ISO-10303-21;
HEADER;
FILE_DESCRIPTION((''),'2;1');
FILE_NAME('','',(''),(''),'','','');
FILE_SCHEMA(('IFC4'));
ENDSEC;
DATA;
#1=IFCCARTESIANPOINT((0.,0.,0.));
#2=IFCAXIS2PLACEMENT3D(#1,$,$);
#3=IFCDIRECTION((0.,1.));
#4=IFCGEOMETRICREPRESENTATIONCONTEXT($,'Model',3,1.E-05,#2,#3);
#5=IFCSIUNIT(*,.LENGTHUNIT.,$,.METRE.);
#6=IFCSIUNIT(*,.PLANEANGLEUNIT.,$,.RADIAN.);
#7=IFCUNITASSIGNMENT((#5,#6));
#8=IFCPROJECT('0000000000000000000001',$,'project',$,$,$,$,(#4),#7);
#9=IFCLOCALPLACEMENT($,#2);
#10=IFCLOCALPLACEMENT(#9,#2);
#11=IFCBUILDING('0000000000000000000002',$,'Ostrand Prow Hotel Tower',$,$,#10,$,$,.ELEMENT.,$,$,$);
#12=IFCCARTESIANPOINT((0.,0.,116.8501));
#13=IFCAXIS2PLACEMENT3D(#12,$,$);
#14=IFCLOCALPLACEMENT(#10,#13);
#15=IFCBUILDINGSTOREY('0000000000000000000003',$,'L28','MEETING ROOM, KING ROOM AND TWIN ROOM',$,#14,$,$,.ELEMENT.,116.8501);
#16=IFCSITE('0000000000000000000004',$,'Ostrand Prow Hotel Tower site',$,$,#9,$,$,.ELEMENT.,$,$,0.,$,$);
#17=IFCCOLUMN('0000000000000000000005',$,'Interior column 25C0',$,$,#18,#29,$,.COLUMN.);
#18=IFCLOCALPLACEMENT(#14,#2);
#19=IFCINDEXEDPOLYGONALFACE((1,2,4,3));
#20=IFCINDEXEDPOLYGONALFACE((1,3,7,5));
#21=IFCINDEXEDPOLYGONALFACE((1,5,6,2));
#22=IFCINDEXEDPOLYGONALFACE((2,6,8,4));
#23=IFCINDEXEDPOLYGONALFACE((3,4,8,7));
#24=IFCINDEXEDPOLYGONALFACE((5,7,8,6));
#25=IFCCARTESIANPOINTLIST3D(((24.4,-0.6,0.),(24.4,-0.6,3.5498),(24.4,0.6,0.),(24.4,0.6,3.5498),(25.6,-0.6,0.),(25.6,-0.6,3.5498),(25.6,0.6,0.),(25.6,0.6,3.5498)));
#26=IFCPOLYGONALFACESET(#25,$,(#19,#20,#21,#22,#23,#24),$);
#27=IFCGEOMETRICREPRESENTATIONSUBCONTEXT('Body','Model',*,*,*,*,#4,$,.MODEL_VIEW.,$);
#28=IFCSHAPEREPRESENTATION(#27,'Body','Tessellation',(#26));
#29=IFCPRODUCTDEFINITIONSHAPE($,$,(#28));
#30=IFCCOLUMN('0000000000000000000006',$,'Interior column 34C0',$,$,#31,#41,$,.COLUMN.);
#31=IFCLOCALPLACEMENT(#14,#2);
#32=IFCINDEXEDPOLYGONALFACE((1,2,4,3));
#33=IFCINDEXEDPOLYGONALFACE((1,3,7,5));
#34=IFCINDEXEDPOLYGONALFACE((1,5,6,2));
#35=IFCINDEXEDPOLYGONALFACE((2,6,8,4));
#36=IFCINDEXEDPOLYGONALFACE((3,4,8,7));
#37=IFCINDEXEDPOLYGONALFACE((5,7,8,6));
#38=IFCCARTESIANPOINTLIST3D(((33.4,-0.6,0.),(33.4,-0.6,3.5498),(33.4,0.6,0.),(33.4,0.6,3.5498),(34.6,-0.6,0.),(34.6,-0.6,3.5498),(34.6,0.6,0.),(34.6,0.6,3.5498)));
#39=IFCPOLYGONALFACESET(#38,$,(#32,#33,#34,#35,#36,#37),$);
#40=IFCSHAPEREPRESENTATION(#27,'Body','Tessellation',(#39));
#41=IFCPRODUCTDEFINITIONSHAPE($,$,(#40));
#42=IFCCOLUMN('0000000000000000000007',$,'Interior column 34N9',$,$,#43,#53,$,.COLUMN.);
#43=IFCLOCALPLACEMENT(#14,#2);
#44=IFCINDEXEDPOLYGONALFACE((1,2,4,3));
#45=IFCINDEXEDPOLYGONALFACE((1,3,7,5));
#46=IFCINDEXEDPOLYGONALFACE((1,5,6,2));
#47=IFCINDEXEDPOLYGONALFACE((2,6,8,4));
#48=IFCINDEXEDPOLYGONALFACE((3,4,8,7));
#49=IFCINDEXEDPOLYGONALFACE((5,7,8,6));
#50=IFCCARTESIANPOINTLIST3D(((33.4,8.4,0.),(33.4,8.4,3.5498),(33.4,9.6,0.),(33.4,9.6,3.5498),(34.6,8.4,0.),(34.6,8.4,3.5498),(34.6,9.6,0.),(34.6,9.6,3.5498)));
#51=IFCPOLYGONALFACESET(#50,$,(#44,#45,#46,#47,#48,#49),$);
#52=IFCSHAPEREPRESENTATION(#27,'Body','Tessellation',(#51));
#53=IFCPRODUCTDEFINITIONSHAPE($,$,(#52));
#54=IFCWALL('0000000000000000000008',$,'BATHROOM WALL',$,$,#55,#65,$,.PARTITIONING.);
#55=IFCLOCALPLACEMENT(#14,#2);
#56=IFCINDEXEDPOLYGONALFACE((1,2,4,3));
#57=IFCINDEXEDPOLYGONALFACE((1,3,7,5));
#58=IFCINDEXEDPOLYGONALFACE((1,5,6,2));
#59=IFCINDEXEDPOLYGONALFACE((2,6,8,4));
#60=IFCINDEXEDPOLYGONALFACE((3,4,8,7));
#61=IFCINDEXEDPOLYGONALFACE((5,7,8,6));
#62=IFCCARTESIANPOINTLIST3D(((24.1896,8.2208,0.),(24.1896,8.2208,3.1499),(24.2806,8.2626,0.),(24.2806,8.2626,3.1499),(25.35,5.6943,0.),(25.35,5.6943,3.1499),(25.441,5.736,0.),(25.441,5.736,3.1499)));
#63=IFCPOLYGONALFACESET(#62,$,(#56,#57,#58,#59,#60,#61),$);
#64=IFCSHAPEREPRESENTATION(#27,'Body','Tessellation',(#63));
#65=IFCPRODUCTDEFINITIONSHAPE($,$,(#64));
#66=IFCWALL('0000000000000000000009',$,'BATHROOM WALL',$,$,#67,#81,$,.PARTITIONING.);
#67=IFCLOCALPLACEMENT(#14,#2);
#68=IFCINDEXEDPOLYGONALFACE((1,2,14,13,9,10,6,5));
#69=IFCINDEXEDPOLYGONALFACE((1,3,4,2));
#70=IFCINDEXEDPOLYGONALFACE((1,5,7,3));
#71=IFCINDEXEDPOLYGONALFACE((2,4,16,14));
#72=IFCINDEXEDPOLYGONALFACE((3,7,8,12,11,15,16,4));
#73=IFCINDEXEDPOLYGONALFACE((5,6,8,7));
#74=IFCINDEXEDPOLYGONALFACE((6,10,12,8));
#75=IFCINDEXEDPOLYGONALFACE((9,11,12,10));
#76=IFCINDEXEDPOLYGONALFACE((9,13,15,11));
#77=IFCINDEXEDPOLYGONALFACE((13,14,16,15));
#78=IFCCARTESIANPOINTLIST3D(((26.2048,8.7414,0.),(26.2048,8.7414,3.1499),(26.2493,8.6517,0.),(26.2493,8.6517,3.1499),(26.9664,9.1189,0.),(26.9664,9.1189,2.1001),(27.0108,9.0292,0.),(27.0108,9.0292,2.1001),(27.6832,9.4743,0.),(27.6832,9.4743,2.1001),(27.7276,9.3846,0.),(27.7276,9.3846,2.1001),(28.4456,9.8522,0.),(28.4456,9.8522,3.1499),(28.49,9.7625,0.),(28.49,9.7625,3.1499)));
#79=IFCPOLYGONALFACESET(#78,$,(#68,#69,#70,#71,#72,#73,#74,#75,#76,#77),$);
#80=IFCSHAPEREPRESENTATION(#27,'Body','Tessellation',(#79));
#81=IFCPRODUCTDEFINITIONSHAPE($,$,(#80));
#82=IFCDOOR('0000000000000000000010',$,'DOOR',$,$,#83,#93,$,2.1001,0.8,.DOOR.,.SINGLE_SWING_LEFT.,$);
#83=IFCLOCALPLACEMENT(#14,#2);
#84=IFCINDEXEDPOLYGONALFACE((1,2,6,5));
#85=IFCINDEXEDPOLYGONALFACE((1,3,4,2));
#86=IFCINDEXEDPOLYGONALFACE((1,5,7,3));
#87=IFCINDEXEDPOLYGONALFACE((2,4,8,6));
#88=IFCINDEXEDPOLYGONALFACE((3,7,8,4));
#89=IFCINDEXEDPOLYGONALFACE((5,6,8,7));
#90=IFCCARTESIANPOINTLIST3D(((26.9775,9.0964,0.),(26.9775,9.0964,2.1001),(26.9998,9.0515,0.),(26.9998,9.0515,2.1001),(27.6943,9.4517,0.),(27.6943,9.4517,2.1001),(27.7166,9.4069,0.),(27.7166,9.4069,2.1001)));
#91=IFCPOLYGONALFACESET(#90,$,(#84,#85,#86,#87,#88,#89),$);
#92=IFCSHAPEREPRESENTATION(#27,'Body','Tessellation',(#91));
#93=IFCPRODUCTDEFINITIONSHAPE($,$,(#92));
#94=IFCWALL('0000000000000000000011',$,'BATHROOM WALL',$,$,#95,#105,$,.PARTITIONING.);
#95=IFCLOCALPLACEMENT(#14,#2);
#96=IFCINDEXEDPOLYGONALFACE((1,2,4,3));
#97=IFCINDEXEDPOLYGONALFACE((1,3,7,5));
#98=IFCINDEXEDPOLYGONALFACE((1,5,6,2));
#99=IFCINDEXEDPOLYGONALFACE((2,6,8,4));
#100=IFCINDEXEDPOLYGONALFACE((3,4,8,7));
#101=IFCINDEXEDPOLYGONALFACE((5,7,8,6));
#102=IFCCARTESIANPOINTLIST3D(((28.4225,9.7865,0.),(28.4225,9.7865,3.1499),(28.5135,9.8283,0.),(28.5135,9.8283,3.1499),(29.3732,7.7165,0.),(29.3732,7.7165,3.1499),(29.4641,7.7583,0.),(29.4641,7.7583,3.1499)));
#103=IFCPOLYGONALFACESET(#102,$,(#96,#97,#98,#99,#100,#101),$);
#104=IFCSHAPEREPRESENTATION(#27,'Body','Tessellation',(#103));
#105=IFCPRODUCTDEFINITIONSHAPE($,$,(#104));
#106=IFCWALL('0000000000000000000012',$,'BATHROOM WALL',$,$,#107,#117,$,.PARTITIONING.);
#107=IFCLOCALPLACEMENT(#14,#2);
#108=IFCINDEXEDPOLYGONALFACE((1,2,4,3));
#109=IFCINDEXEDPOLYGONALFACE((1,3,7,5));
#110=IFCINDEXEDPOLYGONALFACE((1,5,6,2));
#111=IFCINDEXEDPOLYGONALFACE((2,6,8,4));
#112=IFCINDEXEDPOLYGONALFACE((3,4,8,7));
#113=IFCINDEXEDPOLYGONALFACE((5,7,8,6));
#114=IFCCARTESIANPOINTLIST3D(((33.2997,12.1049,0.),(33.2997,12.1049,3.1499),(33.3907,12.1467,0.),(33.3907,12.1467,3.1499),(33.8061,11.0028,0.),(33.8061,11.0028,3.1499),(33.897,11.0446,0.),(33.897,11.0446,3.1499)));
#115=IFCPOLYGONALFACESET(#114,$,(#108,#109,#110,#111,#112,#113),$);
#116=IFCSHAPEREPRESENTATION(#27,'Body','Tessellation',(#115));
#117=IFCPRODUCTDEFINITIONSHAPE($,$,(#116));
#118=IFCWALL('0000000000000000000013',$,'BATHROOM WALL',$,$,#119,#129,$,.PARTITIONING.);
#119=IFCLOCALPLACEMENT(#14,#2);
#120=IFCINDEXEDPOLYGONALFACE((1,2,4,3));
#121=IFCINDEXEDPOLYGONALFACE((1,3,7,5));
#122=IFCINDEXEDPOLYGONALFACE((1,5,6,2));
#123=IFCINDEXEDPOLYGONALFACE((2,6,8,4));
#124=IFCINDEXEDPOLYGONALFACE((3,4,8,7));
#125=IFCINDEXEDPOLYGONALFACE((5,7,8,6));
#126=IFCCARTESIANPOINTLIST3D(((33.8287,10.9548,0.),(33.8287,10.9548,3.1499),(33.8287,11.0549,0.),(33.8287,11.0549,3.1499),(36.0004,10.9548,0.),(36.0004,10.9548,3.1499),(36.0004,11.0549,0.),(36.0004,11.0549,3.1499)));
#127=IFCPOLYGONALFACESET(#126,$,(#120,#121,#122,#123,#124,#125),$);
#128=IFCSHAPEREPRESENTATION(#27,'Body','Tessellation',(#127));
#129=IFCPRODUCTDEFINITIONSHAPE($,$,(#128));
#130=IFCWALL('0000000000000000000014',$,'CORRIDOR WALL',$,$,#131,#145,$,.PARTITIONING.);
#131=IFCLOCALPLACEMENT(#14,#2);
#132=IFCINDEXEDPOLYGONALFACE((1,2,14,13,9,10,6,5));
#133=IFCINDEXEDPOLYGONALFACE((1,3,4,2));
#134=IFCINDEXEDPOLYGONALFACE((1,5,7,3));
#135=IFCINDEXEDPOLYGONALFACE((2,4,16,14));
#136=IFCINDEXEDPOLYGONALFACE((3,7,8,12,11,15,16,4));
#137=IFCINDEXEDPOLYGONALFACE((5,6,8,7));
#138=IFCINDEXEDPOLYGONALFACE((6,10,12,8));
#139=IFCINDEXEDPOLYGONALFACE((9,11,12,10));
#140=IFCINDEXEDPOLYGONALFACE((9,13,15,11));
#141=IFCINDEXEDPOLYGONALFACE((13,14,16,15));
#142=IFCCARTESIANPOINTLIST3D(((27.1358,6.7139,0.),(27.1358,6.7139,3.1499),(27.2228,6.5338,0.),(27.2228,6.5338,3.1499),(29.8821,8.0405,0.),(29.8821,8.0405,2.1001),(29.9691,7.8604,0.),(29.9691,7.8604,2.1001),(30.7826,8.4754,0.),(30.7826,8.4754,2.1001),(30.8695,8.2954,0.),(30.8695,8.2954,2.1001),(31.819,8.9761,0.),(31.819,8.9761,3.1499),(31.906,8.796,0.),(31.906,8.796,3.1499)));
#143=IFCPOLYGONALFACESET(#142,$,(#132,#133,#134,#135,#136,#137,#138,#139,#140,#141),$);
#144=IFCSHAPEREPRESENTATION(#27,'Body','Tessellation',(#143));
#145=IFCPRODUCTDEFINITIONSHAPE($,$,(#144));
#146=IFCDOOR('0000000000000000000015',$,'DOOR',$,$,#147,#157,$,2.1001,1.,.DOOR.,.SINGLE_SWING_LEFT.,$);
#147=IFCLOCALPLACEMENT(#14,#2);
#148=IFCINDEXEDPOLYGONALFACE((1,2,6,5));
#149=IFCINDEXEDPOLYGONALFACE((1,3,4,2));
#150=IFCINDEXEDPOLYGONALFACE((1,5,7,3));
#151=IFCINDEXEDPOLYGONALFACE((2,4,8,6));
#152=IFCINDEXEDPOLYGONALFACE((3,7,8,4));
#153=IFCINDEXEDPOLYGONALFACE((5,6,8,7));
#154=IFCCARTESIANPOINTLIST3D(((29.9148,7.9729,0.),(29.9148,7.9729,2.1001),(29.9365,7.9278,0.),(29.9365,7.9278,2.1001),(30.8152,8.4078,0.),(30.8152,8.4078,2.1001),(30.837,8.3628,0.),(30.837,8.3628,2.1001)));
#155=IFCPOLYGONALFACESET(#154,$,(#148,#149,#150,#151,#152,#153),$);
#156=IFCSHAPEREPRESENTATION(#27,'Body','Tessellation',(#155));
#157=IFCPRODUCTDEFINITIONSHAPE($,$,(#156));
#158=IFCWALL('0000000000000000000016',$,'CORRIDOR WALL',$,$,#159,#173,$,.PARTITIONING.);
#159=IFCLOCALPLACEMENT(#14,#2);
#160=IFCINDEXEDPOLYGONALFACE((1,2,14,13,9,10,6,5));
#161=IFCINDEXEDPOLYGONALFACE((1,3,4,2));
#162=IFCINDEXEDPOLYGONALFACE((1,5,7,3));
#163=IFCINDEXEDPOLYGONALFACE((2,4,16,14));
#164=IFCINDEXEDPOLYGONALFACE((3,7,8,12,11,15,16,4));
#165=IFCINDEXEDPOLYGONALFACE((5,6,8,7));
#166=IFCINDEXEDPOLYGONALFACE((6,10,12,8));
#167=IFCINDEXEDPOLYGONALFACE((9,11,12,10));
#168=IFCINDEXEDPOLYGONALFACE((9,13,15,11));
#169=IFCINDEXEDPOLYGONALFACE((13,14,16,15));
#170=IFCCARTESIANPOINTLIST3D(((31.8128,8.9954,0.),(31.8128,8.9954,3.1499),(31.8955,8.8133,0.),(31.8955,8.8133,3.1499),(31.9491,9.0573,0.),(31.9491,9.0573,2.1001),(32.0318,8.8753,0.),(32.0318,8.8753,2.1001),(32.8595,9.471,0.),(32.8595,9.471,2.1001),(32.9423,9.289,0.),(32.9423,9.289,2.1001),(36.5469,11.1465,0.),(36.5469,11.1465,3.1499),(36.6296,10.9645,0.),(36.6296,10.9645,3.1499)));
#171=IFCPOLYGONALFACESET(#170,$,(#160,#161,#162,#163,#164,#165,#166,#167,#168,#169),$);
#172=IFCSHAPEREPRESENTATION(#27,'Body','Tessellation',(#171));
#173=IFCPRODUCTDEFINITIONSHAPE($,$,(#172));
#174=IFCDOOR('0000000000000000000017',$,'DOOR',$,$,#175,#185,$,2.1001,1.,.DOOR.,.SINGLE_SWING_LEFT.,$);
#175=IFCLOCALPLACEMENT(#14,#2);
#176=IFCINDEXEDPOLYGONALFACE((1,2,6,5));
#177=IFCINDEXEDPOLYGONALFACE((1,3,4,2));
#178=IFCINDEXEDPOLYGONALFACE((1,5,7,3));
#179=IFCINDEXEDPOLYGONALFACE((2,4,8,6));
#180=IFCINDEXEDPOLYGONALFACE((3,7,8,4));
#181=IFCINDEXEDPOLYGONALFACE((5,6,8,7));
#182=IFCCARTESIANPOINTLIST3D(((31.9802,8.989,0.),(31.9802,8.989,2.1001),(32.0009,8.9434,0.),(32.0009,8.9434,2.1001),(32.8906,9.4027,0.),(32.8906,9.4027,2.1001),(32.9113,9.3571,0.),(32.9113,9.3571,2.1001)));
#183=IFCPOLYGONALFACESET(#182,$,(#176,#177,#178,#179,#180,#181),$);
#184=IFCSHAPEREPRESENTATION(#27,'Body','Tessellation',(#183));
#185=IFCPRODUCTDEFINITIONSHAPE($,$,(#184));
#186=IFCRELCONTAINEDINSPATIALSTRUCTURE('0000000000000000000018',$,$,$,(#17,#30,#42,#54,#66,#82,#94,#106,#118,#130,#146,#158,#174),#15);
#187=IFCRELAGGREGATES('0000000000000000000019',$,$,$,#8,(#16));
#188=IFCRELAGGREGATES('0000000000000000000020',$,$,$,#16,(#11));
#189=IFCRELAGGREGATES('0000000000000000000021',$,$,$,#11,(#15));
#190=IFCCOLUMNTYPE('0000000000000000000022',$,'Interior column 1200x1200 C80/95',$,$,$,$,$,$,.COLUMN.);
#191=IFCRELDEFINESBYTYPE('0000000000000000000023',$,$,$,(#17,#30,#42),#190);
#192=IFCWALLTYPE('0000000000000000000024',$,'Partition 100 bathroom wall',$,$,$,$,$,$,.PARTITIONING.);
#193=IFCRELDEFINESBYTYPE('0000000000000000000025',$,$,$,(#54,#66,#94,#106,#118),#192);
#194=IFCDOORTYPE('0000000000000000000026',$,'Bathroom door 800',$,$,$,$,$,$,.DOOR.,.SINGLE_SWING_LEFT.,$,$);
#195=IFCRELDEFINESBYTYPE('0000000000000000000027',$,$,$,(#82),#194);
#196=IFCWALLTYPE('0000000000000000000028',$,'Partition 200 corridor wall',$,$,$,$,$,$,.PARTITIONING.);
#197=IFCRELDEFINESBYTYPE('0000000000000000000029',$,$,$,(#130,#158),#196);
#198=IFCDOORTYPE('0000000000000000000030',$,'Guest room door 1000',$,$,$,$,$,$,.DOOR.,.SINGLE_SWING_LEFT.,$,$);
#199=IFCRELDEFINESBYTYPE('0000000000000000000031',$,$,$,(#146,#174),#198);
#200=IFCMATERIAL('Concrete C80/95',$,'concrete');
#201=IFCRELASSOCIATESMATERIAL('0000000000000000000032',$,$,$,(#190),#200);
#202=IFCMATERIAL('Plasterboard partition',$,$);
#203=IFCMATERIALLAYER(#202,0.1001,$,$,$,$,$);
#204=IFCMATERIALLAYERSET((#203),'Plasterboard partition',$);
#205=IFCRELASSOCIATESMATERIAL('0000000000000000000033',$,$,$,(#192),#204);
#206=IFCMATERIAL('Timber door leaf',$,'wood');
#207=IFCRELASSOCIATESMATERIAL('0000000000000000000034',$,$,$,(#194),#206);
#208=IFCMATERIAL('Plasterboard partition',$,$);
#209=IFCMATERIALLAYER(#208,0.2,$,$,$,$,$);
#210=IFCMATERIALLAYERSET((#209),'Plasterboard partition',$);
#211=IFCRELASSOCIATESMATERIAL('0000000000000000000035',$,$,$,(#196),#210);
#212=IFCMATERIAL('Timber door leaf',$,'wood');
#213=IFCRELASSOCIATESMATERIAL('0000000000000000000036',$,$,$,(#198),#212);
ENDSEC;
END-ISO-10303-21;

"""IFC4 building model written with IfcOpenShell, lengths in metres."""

from ifc_helpers import new_model, si_unit, direction, frame, frame_2d, origin, origin_2d, place, context, subcontext, project, spatial, rectangle, extrude, material, layer, layer_set, material_profile, profile_set, type_object, element, fill, save


model = new_model("IFC4")

# Units and contexts
model_context = context("Model", 3, precision=1e-05, world=origin(), true_north=direction((0.0, 1.0)))
body_context = subcontext(model_context, "Body", "Model", "MODEL_VIEW")
ifc_project = project(units=[si_unit("LENGTHUNIT", "METRE"), si_unit("PLANEANGLEUNIT", "RADIAN")], contexts=[model_context])

# Site, building, storey
site_placement = place(None, origin())
site = spatial("IfcSite", under=ifc_project, at=site_placement, Name="Ostrand Prow Hotel Tower site", CompositionType="ELEMENT", RefElevation=0.0)
building_placement = place(site_placement, origin())
building = spatial("IfcBuilding", under=site, at=building_placement, Name="Ostrand Prow Hotel Tower", CompositionType="ELEMENT")
storey_placement = place(building_placement, frame((0.0, 0.0, 116.8501)))
storey = spatial("IfcBuildingStorey", under=building, at=storey_placement, Name="L28", Description="MEETING ROOM, KING ROOM AND TWIN ROOM", CompositionType="ELEMENT", Elevation=116.8501)

# Columns
ifc_material_1 = material(Name="Concrete C80/95", Category="concrete")
ifc_material_profile = material_profile(ifc_material_1, rectangle(XDim=1.2, YDim=1.2, at=origin_2d()), Name="RC 1200x1200")
ifc_profile_set = profile_set([ifc_material_profile], Name="Concrete C80/95")
column_type = type_object("IfcColumnType", Name="Interior column 1200x1200 C80/95", PredefinedType="COLUMN", material=ifc_profile_set)
for number, where, z_axis, x_axis, name in (
    (1, (25.0, 0.0, 0.0), (0.0, 0.0, 1.0), (1.0, 0.0, 0.0), "Interior column 25C0"),
    (2, (34.0, 0.0, 0.0), (0.0, 0.0, 1.0), (1.0, 0.0, 0.0), "Interior column 34C0"),
    (3, (34.0, 9.0, 0.0), (0.0, 0.0, 1.0), (1.0, 0.0, 0.0), "Interior column 34N9"),
):
    element("IfcColumn", number, at=place(storey_placement, frame(where, z_axis=z_axis, x_axis=x_axis)), inside=storey, type_object=column_type, Name=name, PredefinedType="COLUMN", context=body_context, shape_type="SweptSolid", body=[
        extrude(rectangle(XDim=1.2, YDim=1.2, at=origin_2d()), origin(), (0.0, 0.0, 1.0), 3.5498),
    ])

# Wall
ifc_material_2 = material(Name="Plasterboard partition")
ifc_layer_1 = layer(ifc_material_2, 0.1001)
ifc_layer_set_1 = layer_set([ifc_layer_1], Name="Plasterboard partition")
wall_type_1 = type_object("IfcWallType", Name="Partition 100 bathroom wall", PredefinedType="PARTITIONING", material=ifc_layer_set_1)
wall_1_placement = place(storey_placement, frame((24.2351, 8.2417, 0.0), z_axis=(0.0, 0.0, 1.0), x_axis=(0.417359, -0.908742, 0.0)))
element("IfcWall", 4, at=wall_1_placement, inside=storey, type_object=wall_type_1, Name="BATHROOM WALL", PredefinedType="PARTITIONING", context=body_context, shape_type="SweptSolid", body=[
    extrude(rectangle(XDim=2.7803, YDim=0.1001, at=frame_2d((1.3901, 0.0))), origin(), (0.0, 0.0, 1.0), 3.1499),
])

# Wall, opening, door
wall_2_placement = place(storey_placement, frame((26.2271, 8.6965, 0.0), z_axis=(0.0, 0.0, 1.0), x_axis=(0.895945, 0.444165, 0.0)))
wall_2 = element("IfcWall", 5, at=wall_2_placement, inside=storey, type_object=wall_type_1, Name="BATHROOM WALL", PredefinedType="PARTITIONING", context=body_context, shape_type="SweptSolid", body=[
    extrude(rectangle(XDim=2.501, YDim=0.1001, at=frame_2d((1.2505, 0.0))), origin(), (0.0, 0.0, 1.0), 3.1499),
])
opening_1_placement = place(wall_2_placement, frame((0.8501, 0.0, 0.0)))
opening_1 = element("IfcOpeningElement", 6, at=opening_1_placement, cuts=wall_2, PredefinedType="OPENING", context=body_context, shape_type="SweptSolid", body=[
    extrude(rectangle(XDim=0.8, YDim=2.1001, at=frame_2d((0.3999, 1.05))), frame((0.0, 0.0601, 0.0), z_axis=(0.0, -1.0, 0.0), x_axis=(1.0, 0.0, 0.0)), (0.0, 0.0, 1.0), 0.1201),
])
ifc_material_3 = material(Name="Timber door leaf", Category="wood")
door_type_1 = type_object("IfcDoorType", Name="Bathroom door 800", OperationType="SINGLE_SWING_LEFT", PredefinedType="DOOR", material=ifc_material_3)
door_1_placement = place(opening_1_placement, origin())
door_1 = element("IfcDoor", 7, at=door_1_placement, inside=storey, type_object=door_type_1, Name="DOOR", OperationType="SINGLE_SWING_LEFT", OverallHeight=2.1001, OverallWidth=0.8, PredefinedType="DOOR", context=body_context, shape_type="SweptSolid", body=[
    extrude(rectangle(XDim=0.8, YDim=2.1001, at=frame_2d((0.3999, 1.05))), frame((0.0, 0.0249, 0.0), z_axis=(0.0, -1.0, 0.0), x_axis=(1.0, 0.0, 0.0)), (0.0, 0.0, 1.0), 0.05),
])
fill(opening_1, door_1)

# Walls
wall_3_placement = place(storey_placement, frame((28.468, 9.8074, 0.0), z_axis=(0.0, 0.0, 1.0), x_axis=(0.417345, -0.908748, 0.0)))
element("IfcWall", 8, at=wall_3_placement, inside=storey, type_object=wall_type_1, Name="BATHROOM WALL", PredefinedType="PARTITIONING", context=body_context, shape_type="SweptSolid", body=[
    extrude(rectangle(XDim=2.2778, YDim=0.1001, at=frame_2d((1.1389, 0.0))), origin(), (0.0, 0.0, 1.0), 3.1499),
])
wall_4_placement = place(storey_placement, frame((33.8516, 11.0237, 0.0), z_axis=(0.0, 0.0, 1.0), x_axis=(-0.4175, 0.908677, 0.0)))
element("IfcWall", 9, at=wall_4_placement, inside=storey, type_object=wall_type_1, Name="BATHROOM WALL", PredefinedType="PARTITIONING", context=body_context, shape_type="SweptSolid", body=[
    extrude(rectangle(XDim=1.2129, YDim=0.1001, at=frame_2d((0.6064, 0.0))), origin(), (0.0, 0.0, 1.0), 3.1499),
])
wall_5_placement = place(storey_placement, frame((36.0005, 11.0049, 0.0), z_axis=(0.0, 0.0, 1.0), x_axis=(-1.0, 0.0, 0.0)))
element("IfcWall", 10, at=wall_5_placement, inside=storey, type_object=wall_type_1, Name="BATHROOM WALL", PredefinedType="PARTITIONING", context=body_context, shape_type="SweptSolid", body=[
    extrude(rectangle(XDim=2.1716, YDim=0.1001, at=frame_2d((1.0859, 0.0))), origin(), (0.0, 0.0, 1.0), 3.1499),
])

# Walls, openings, doors
ifc_material_4 = material(Name="Plasterboard partition")
ifc_layer_2 = layer(ifc_material_4, 0.2)
ifc_layer_set_2 = layer_set([ifc_layer_2], Name="Plasterboard partition")
wall_type_2 = type_object("IfcWallType", Name="Partition 200 corridor wall", PredefinedType="PARTITIONING", material=ifc_layer_set_2)
wall_6_placement = place(storey_placement, frame((27.1792, 6.6238, 0.0), z_axis=(0.0, 0.0, 1.0), x_axis=(0.900446, 0.434967, 0.0)))
wall_6 = element("IfcWall", 11, at=wall_6_placement, inside=storey, type_object=wall_type_2, Name="CORRIDOR WALL", PredefinedType="PARTITIONING", context=body_context, shape_type="SweptSolid", body=[
    extrude(rectangle(XDim=5.2009, YDim=0.2, at=frame_2d((2.6006, 0.0))), origin(), (0.0, 0.0, 1.0), 3.1499),
])
opening_2_placement = place(wall_6_placement, frame((3.05, 0.0, 0.0)))
opening_2 = element("IfcOpeningElement", 12, at=opening_2_placement, cuts=wall_6, PredefinedType="OPENING", context=body_context, shape_type="SweptSolid", body=[
    extrude(rectangle(XDim=1.0, YDim=2.1001, at=frame_2d((0.5, 1.05))), frame((0.0, 0.1099, 0.0), z_axis=(0.0, -1.0, 0.0), x_axis=(1.0, 0.0, 0.0)), (0.0, 0.0, 1.0), 0.22),
])
ifc_material_5 = material(Name="Timber door leaf", Category="wood")
door_type_2 = type_object("IfcDoorType", Name="Guest room door 1000", OperationType="SINGLE_SWING_LEFT", PredefinedType="DOOR", material=ifc_material_5)
door_2_placement = place(opening_2_placement, origin())
door_2 = element("IfcDoor", 13, at=door_2_placement, inside=storey, type_object=door_type_2, Name="DOOR", OperationType="SINGLE_SWING_LEFT", OverallHeight=2.1001, OverallWidth=1.0, PredefinedType="DOOR", context=body_context, shape_type="SweptSolid", body=[
    extrude(rectangle(XDim=1.0, YDim=2.1001, at=frame_2d((0.5, 1.05))), frame((0.0, 0.0249, 0.0), z_axis=(0.0, -1.0, 0.0), x_axis=(1.0, 0.0, 0.0)), (0.0, 0.0, 1.0), 0.05),
])
fill(opening_2, door_2)
wall_7_placement = place(storey_placement, frame((31.854, 8.9043, 0.0), z_axis=(0.0, 0.0, 1.0), x_axis=(0.910421, 0.413683, 0.0)))
wall_7 = element("IfcWall", 14, at=wall_7_placement, inside=storey, type_object=wall_type_2, Name="CORRIDOR WALL", PredefinedType="PARTITIONING", context=body_context, shape_type="SweptSolid", body=[
    extrude(rectangle(XDim=5.2, YDim=0.2, at=frame_2d((2.6001, 0.0))), origin(), (0.0, 0.0, 1.0), 3.1499),
])
opening_3_placement = place(wall_7_placement, frame((0.1499, 0.0, 0.0)))
opening_3 = element("IfcOpeningElement", 15, at=opening_3_placement, cuts=wall_7, PredefinedType="OPENING", context=body_context, shape_type="SweptSolid", body=[
    extrude(rectangle(XDim=1.0, YDim=2.1001, at=frame_2d((0.5, 1.05))), frame((0.0, 0.1099, 0.0), z_axis=(0.0, -1.0, 0.0), x_axis=(1.0, 0.0, 0.0)), (0.0, 0.0, 1.0), 0.22),
])
door_3_placement = place(opening_3_placement, origin())
door_3 = element("IfcDoor", 16, at=door_3_placement, inside=storey, type_object=door_type_2, Name="DOOR", OperationType="SINGLE_SWING_LEFT", OverallHeight=2.1001, OverallWidth=1.0, PredefinedType="DOOR", context=body_context, shape_type="SweptSolid", body=[
    extrude(rectangle(XDim=1.0, YDim=2.1001, at=frame_2d((0.5, 1.05))), frame((0.0, 0.0249, 0.0), z_axis=(0.0, -1.0, 0.0), x_axis=(1.0, 0.0, 0.0)), (0.0, 0.0, 1.0), 0.05),
])
fill(opening_3, door_3)

save(model, "model.ifc")
